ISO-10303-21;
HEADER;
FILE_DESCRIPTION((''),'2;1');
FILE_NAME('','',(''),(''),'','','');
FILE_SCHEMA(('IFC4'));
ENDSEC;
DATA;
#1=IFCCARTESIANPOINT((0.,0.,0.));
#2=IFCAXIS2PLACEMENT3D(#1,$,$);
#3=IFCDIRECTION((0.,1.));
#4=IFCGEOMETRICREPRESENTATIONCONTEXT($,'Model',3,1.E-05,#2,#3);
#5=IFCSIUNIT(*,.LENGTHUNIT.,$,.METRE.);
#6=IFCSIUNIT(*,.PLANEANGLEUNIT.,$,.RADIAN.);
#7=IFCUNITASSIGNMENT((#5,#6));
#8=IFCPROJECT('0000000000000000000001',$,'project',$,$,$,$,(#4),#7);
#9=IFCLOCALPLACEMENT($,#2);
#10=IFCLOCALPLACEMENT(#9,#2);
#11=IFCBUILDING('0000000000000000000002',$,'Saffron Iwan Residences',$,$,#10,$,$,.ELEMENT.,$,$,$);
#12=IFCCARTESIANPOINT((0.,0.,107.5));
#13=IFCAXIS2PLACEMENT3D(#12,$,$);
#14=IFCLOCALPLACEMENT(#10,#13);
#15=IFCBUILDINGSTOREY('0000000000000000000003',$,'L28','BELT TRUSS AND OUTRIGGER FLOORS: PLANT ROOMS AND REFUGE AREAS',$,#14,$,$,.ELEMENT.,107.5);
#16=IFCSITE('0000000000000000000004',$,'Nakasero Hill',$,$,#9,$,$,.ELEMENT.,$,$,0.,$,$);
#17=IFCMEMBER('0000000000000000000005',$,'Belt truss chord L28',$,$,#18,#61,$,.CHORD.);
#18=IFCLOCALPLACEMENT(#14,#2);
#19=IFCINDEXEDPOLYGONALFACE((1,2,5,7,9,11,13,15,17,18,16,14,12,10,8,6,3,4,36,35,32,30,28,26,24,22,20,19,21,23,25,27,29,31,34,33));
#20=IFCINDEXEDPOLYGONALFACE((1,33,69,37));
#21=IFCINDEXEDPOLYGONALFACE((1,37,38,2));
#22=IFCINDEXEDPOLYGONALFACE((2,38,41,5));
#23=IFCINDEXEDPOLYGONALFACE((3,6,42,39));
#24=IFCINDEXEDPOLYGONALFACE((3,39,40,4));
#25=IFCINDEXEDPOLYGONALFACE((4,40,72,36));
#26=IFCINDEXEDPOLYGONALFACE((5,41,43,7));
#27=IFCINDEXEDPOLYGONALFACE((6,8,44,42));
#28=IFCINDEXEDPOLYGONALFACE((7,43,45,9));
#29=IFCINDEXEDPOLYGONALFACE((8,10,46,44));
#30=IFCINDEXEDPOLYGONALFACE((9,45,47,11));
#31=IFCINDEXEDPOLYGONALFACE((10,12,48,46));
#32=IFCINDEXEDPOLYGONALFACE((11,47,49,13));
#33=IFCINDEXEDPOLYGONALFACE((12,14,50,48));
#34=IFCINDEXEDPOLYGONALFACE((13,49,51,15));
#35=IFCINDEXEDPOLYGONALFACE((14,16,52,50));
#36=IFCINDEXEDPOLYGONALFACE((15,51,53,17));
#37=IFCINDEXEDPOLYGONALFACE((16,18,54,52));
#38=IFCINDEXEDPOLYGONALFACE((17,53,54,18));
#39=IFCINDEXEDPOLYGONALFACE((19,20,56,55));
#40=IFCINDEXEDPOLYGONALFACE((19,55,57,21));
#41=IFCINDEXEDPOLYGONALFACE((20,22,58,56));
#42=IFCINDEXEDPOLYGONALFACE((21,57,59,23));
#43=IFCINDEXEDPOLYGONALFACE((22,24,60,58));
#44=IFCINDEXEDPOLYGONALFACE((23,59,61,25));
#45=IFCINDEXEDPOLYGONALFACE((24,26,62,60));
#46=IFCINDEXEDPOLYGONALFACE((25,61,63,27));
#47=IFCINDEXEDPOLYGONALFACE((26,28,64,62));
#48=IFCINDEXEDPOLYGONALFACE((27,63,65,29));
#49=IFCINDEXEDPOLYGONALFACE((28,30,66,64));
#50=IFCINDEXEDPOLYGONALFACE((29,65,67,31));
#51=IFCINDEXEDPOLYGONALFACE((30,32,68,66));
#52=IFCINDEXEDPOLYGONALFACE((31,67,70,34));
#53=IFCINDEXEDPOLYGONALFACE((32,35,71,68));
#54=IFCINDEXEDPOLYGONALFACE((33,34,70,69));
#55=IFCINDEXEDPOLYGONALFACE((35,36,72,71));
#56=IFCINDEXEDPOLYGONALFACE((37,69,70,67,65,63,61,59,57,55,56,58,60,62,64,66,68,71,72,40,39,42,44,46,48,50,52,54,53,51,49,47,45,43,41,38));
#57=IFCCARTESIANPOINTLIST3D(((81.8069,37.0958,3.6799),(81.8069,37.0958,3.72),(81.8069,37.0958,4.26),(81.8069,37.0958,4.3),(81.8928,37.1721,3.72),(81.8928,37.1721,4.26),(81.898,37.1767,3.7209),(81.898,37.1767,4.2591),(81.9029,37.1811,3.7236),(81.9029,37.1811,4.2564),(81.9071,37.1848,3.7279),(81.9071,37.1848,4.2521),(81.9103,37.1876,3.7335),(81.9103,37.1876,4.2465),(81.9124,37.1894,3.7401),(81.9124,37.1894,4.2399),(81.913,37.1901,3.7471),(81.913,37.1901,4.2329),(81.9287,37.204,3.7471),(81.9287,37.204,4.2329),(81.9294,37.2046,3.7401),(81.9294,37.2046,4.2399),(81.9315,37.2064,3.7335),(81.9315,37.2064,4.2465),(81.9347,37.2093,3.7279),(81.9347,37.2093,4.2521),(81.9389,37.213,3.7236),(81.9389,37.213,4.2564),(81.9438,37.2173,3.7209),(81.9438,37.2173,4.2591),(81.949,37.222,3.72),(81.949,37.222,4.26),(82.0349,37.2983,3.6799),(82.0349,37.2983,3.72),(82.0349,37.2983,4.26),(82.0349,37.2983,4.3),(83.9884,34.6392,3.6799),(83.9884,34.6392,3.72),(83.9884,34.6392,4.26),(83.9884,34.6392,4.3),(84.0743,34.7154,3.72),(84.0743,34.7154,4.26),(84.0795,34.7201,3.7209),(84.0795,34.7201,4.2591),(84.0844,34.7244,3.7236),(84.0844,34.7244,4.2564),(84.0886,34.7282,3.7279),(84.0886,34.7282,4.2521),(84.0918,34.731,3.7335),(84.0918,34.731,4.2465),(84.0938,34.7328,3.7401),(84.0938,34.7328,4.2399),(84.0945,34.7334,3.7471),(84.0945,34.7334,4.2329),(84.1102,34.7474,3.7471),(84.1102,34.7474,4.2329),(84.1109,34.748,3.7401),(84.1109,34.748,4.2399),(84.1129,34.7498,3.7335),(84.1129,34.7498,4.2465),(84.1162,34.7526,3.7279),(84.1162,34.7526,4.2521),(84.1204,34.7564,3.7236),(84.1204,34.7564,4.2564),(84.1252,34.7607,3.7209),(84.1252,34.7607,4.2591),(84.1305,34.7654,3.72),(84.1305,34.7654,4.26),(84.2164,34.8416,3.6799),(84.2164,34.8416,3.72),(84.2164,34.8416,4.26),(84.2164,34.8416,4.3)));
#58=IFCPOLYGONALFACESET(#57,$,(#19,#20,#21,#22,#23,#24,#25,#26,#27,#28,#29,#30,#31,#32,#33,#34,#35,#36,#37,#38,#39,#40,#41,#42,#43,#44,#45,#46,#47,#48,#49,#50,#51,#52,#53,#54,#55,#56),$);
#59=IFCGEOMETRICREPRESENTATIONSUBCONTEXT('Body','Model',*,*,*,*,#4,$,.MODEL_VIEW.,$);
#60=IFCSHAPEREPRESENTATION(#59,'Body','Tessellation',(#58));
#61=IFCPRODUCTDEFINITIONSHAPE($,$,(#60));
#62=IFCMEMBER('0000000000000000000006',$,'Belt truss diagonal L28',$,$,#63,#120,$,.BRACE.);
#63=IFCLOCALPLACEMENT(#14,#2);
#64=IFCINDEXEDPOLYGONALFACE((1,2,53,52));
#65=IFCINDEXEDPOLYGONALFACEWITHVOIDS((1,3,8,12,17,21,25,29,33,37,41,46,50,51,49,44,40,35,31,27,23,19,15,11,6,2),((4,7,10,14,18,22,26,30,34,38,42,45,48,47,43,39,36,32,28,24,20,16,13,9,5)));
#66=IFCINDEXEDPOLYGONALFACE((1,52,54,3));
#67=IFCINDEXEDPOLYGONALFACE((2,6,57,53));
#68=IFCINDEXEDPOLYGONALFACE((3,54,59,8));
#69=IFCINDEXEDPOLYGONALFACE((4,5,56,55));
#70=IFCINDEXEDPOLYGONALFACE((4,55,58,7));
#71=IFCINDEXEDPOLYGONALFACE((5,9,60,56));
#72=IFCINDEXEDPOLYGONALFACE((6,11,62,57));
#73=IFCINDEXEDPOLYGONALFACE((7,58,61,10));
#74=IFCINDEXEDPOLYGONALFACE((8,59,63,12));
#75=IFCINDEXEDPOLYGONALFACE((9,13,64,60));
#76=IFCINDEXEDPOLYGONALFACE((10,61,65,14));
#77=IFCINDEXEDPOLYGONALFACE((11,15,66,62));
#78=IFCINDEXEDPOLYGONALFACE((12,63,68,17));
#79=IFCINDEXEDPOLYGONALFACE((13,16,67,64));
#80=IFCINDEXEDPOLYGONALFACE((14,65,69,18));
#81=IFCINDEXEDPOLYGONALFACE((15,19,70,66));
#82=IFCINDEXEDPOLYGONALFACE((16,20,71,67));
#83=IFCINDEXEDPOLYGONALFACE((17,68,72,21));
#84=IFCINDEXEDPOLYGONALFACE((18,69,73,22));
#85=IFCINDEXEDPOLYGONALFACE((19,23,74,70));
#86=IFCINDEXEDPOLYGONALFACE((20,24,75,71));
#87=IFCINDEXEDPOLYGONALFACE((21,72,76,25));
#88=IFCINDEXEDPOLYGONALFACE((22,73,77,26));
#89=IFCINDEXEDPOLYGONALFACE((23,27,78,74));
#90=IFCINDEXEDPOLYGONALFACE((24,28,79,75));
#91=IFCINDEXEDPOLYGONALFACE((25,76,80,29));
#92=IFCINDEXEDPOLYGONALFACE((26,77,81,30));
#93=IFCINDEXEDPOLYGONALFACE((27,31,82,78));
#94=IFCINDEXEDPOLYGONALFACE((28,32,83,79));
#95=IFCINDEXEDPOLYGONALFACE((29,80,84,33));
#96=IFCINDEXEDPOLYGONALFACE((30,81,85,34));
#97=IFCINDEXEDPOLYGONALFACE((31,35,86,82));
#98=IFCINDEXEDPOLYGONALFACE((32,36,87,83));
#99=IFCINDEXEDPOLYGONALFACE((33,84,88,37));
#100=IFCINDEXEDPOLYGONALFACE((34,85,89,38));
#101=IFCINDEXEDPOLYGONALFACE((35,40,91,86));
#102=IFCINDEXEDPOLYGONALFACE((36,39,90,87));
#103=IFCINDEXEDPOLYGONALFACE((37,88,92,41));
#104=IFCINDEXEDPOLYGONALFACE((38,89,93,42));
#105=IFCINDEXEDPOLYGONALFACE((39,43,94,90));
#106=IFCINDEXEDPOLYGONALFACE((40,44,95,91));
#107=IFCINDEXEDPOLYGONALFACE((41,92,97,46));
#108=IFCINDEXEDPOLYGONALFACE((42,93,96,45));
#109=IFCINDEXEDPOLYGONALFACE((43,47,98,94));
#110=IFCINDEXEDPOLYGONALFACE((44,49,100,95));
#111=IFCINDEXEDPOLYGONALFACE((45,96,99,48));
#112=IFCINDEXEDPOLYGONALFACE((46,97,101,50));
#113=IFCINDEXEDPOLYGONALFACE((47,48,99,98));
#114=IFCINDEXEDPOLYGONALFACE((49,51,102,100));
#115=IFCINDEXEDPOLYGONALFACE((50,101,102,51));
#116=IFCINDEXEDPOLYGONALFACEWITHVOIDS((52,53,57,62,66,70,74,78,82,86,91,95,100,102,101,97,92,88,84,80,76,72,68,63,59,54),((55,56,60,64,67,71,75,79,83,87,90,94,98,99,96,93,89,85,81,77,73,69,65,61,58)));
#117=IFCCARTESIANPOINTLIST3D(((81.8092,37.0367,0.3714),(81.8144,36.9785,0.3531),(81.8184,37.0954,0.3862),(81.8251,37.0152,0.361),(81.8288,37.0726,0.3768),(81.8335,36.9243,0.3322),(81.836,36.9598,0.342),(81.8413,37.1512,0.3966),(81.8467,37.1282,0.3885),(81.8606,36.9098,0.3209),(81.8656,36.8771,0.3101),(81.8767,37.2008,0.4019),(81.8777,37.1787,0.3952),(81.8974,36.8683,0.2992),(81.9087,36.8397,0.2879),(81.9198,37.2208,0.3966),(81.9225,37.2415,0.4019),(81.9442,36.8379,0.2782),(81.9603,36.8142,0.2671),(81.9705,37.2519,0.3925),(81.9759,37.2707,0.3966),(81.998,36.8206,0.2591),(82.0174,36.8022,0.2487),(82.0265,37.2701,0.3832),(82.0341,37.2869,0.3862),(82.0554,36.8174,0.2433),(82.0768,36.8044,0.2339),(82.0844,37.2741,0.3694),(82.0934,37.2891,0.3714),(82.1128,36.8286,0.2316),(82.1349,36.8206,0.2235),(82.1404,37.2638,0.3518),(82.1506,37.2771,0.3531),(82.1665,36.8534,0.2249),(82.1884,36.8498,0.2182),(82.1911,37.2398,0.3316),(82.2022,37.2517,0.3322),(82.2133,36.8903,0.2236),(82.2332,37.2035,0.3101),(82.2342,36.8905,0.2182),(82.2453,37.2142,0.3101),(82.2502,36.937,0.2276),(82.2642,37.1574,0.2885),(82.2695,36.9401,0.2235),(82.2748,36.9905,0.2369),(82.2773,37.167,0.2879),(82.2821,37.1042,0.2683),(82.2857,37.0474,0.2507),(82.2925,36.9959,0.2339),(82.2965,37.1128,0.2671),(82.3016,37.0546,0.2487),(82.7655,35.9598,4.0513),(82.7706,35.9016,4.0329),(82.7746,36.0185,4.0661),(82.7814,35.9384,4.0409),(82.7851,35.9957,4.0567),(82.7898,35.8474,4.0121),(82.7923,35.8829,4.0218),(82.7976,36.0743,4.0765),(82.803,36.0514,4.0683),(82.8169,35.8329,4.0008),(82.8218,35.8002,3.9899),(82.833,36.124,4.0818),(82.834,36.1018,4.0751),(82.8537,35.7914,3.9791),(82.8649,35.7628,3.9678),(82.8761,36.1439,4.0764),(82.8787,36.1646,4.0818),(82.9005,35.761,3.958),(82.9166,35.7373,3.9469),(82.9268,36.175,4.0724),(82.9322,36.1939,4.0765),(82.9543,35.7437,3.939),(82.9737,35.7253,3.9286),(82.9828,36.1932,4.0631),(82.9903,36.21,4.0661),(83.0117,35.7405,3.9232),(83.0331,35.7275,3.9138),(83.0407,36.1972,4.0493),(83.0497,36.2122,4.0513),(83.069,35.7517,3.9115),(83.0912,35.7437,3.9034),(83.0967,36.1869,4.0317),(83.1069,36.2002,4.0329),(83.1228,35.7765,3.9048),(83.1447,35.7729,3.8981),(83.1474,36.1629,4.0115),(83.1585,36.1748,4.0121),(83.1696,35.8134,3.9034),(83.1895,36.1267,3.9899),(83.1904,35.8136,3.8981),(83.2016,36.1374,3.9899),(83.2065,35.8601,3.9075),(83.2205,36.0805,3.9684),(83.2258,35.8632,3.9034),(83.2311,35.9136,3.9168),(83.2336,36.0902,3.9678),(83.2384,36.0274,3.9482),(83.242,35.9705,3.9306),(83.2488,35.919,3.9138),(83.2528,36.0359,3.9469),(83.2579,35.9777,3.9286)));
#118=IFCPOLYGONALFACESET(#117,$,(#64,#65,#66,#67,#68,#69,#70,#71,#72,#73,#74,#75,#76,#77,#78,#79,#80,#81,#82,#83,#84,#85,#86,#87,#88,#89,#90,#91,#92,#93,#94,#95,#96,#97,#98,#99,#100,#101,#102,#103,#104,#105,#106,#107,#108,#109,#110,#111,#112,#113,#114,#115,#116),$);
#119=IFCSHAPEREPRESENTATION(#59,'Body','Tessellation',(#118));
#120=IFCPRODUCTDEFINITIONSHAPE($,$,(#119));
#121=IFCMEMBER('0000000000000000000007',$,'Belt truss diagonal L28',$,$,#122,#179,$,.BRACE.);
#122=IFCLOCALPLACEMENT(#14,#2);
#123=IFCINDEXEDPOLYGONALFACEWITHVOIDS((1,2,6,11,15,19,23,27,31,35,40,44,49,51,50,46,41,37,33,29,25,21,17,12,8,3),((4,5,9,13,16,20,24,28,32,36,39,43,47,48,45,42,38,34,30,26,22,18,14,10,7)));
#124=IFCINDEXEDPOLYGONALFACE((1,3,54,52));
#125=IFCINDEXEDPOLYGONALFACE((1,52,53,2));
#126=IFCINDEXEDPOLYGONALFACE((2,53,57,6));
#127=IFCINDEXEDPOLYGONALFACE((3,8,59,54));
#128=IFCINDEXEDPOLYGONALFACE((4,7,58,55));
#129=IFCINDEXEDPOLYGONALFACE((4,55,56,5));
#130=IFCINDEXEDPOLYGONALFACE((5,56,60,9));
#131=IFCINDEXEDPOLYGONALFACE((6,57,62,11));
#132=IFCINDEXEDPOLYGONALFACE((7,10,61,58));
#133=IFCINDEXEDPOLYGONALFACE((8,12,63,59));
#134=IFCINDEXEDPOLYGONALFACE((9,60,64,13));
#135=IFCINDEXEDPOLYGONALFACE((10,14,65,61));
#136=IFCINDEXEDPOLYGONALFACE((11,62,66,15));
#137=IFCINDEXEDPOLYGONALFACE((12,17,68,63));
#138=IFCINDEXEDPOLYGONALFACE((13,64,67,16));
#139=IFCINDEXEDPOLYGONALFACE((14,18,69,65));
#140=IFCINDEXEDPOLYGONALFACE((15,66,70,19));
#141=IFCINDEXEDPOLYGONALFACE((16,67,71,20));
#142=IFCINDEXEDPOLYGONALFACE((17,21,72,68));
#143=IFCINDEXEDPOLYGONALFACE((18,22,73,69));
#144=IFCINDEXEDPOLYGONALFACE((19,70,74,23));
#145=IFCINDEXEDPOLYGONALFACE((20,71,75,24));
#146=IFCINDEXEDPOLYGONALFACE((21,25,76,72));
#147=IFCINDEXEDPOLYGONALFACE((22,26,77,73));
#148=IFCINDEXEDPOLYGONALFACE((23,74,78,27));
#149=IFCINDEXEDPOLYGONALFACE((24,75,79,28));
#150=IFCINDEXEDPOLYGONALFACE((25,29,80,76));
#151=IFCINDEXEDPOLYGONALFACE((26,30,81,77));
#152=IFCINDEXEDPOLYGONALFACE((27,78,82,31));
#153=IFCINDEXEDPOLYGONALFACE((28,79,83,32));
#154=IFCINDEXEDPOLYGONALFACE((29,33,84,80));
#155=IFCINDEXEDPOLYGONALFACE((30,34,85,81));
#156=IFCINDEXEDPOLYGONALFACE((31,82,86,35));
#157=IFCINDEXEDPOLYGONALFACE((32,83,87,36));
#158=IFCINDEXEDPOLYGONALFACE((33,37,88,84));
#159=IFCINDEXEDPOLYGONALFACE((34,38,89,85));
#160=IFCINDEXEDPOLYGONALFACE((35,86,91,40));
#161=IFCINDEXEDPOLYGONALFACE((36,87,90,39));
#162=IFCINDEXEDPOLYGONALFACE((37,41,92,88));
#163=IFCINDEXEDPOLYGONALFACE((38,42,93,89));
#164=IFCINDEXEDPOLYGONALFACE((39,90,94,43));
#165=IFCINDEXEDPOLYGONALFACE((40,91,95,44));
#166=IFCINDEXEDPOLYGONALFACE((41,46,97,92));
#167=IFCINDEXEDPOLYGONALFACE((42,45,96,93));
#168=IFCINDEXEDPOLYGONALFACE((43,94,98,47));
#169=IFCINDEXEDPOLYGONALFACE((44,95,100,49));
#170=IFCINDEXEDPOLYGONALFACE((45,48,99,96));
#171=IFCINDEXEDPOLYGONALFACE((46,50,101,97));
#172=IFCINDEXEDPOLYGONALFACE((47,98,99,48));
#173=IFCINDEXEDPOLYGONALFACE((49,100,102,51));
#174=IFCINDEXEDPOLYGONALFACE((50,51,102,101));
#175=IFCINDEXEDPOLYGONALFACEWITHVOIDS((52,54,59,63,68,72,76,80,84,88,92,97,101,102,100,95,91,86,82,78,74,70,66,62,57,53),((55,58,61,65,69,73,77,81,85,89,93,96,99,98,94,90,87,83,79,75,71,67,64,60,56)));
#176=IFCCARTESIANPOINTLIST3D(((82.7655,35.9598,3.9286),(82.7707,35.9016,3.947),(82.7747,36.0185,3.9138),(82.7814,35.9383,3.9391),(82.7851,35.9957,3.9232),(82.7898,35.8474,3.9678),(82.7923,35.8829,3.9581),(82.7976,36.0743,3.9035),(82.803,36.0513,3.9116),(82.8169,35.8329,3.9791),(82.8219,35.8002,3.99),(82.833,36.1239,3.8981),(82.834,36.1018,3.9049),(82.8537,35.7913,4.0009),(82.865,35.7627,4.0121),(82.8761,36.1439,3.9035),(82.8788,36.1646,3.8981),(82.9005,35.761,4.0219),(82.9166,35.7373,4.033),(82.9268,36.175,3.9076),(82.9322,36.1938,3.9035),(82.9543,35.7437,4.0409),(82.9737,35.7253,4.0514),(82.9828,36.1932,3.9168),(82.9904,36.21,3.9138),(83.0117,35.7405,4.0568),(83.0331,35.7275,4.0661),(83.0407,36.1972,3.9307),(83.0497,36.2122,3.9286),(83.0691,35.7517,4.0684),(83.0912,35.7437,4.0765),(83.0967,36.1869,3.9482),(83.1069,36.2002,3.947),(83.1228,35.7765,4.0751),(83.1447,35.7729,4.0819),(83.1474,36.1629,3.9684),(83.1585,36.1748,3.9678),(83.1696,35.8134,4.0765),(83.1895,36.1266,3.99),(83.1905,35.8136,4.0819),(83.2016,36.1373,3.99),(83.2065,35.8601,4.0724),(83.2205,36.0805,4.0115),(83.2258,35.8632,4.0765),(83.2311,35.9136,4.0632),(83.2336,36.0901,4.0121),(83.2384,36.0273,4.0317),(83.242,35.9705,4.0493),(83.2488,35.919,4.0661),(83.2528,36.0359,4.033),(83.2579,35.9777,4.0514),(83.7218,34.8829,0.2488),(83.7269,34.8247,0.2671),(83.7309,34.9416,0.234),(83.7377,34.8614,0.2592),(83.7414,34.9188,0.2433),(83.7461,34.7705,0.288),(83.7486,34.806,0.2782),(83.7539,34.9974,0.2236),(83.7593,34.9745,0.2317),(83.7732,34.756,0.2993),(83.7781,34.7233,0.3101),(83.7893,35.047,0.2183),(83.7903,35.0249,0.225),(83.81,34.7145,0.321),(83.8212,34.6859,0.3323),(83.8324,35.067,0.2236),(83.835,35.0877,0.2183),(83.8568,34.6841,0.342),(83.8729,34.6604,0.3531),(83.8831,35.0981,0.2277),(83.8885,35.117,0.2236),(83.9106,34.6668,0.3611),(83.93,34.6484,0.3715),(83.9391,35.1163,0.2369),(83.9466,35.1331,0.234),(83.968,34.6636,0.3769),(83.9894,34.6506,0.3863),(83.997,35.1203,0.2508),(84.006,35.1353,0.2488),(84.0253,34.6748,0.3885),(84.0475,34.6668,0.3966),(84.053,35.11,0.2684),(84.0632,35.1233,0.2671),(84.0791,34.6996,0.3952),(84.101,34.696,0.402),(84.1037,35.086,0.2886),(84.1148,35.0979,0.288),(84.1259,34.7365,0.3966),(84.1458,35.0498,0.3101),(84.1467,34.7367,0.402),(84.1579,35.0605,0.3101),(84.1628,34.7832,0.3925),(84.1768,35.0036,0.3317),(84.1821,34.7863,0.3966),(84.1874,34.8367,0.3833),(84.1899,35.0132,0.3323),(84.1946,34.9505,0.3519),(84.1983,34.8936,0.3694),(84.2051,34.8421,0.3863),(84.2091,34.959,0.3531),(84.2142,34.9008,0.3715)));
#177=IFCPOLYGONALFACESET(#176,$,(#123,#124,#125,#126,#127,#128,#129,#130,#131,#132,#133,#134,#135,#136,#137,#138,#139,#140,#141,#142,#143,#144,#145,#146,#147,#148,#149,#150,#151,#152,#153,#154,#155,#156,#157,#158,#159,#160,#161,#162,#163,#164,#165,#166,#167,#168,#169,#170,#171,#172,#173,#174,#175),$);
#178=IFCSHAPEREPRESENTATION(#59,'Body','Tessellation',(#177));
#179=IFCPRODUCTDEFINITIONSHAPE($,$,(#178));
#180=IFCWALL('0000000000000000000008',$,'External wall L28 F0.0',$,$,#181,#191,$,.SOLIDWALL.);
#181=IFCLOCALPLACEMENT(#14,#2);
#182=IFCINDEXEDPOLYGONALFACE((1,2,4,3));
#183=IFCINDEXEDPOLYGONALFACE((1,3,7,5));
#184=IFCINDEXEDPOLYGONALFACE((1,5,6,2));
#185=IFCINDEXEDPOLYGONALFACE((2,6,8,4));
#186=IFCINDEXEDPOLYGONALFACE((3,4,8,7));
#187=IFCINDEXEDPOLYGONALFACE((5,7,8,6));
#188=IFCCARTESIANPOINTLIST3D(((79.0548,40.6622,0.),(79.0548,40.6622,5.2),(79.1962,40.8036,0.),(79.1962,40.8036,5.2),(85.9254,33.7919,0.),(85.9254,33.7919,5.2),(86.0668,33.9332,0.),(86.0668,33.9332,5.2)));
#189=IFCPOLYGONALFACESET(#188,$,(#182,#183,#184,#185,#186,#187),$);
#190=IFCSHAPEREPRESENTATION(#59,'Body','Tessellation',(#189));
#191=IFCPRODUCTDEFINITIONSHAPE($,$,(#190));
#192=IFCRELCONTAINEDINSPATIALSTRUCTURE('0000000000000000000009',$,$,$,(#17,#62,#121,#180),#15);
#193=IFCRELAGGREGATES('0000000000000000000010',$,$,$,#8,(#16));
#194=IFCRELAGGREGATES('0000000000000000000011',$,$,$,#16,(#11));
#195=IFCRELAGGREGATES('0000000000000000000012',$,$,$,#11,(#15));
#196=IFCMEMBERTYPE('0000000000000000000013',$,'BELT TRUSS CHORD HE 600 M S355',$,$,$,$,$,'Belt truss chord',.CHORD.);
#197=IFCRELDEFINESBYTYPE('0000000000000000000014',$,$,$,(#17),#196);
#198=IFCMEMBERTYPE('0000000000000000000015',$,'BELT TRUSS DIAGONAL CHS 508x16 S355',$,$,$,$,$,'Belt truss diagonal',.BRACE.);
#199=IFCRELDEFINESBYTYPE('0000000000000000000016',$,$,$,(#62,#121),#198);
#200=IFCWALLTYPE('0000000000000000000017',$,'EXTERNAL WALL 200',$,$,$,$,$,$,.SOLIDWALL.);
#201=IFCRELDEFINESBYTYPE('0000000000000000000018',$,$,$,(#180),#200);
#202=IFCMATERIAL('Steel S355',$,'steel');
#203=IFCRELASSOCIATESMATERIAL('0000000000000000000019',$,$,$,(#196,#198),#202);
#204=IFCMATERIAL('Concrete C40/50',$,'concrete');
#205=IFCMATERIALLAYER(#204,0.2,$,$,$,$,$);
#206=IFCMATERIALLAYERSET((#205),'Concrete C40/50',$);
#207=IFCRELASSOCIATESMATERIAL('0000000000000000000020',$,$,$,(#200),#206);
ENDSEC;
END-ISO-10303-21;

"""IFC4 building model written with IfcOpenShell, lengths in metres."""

from ifc_helpers import new_model, si_unit, direction, frame, frame_2d, origin, origin_2d, place, context, subcontext, project, spatial, rectangle, hollow_circle, i_section, extrude, source, transform, mapped, material, layer, layer_set, material_profile, profile_set, type_object, element, save


model = new_model("IFC4")

# Units and contexts
model_context = context("Model", 3, precision=1e-05, world=origin(), true_north=direction((0.0, 1.0)))
body_context = subcontext(model_context, "Body", "Model", "MODEL_VIEW")
ifc_project = project(units=[si_unit("LENGTHUNIT", "METRE"), si_unit("PLANEANGLEUNIT", "RADIAN")], contexts=[model_context])

# Site, building, storey
site_placement = place(None, origin())
site = spatial("IfcSite", under=ifc_project, at=site_placement, Name="Nakasero Hill", CompositionType="ELEMENT", RefElevation=0.0)
building_placement = place(site_placement, origin())
building = spatial("IfcBuilding", under=site, at=building_placement, Name="Saffron Iwan Residences", CompositionType="ELEMENT")
storey_placement = place(building_placement, frame((0.0, 0.0, 107.5)))
storey = spatial("IfcBuildingStorey", under=building, at=storey_placement, Name="L28", Description="BELT TRUSS AND OUTRIGGER FLOORS: PLANT ROOMS AND REFUGE AREAS", CompositionType="ELEMENT", Elevation=107.5)

# Members
ifc_material_1 = material(Name="Steel S355", Category="steel")
ifc_material_profile_1 = material_profile(ifc_material_1, i_section(OverallWidth=0.3049, OverallDepth=0.6201, WebThickness=0.021, FlangeThickness=0.04, FilletRadius=0.0271, at=origin_2d()), Name="HE 600 M")
ifc_profile_set_1 = profile_set([ifc_material_profile_1], Name="Steel S355")
member_type_1 = type_object("IfcMemberType", Name="BELT TRUSS CHORD HE 600 M S355", ElementType="Belt truss chord", PredefinedType="CHORD", material=ifc_profile_set_1)
ifc_material_profile_2 = material_profile(ifc_material_1, hollow_circle(Radius=0.2539, WallThickness=0.0161, at=origin_2d()), Name="CHS 508x16")
ifc_profile_set_2 = profile_set([ifc_material_profile_2], Name="Steel S355")
member_type_2 = type_object("IfcMemberType", Name="BELT TRUSS DIAGONAL CHS 508x16 S355", ElementType="Belt truss diagonal", PredefinedType="BRACE", material=ifc_profile_set_2)
shared_shape_1 = source(origin(), body_context, "Body", "SweptSolid", [
    extrude(i_section(OverallWidth=0.3049, OverallDepth=0.6201, WebThickness=0.021, FlangeThickness=0.04, FilletRadius=0.0271, at=origin_2d()), origin(), (0.0, 0.0, 1.0), 3.2854),
])
for number, where, z_axis, x_axis, name in (
    (1, (81.9209, 37.197, 3.99), (0.66399, -0.747741, 0.0), (0.747741, 0.66399, 0.0), "Belt truss chord L28"),
):
    element("IfcMember", number, at=place(storey_placement, frame(where, z_axis=z_axis, x_axis=x_axis)), inside=storey, type_object=member_type_1, Name=name, PredefinedType="CHORD", context=body_context, shape_type="MappedRepresentation", body=[
        mapped(shared_shape_1, transform((0.0, 0.0, 0.0))),
    ])
shared_shape_2 = source(origin(), body_context, "Body", "SweptSolid", [
    extrude(hollow_circle(Radius=0.2539, WallThickness=0.0161, at=origin_2d()), origin(), (0.0, 0.0, 1.0), 3.9517),
])
for number, where, z_axis, x_axis, name in (
    (2, (82.0554, 37.0457, 0.3101), (0.241995, -0.272515, 0.931222), (0.747737, 0.663995, 0.0), "Belt truss diagonal L28"),
    (3, (83.0117, 35.9688, 3.99), (0.241995, -0.272515, -0.931222), (0.747737, 0.663995, 0.0), "Belt truss diagonal L28"),
):
    element("IfcMember", number, at=place(storey_placement, frame(where, z_axis=z_axis, x_axis=x_axis)), inside=storey, type_object=member_type_2, Name=name, PredefinedType="BRACE", context=body_context, shape_type="MappedRepresentation", body=[
        mapped(shared_shape_2, transform((0.0, 0.0, 0.0))),
    ])

# Wall
ifc_material_2 = material(Name="Concrete C40/50", Category="concrete")
ifc_layer_1 = layer(ifc_material_2, 0.2)
ifc_layer_set_1 = layer_set([ifc_layer_1], Name="Concrete C40/50")
wall_type_1 = type_object("IfcWallType", Name="EXTERNAL WALL 200", PredefinedType="SOLIDWALL", material=ifc_layer_set_1)
wall_1_placement = place(storey_placement, frame((85.9961, 33.8625, 0.0), z_axis=(0.0, 0.0, 1.0), x_axis=(-0.707119, 0.707094, 0.0)))
element("IfcWall", 4, at=wall_1_placement, inside=storey, type_object=wall_type_1, Name="External wall L28 F0.0", PredefinedType="SOLIDWALL", context=body_context, shape_type="SweptSolid", body=[
    extrude(rectangle(XDim=9.7163, YDim=0.2, at=frame_2d((4.8582, 0.0))), origin(), (0.0, 0.0, 1.0), 5.2),
])

save(model, "model.ifc")
